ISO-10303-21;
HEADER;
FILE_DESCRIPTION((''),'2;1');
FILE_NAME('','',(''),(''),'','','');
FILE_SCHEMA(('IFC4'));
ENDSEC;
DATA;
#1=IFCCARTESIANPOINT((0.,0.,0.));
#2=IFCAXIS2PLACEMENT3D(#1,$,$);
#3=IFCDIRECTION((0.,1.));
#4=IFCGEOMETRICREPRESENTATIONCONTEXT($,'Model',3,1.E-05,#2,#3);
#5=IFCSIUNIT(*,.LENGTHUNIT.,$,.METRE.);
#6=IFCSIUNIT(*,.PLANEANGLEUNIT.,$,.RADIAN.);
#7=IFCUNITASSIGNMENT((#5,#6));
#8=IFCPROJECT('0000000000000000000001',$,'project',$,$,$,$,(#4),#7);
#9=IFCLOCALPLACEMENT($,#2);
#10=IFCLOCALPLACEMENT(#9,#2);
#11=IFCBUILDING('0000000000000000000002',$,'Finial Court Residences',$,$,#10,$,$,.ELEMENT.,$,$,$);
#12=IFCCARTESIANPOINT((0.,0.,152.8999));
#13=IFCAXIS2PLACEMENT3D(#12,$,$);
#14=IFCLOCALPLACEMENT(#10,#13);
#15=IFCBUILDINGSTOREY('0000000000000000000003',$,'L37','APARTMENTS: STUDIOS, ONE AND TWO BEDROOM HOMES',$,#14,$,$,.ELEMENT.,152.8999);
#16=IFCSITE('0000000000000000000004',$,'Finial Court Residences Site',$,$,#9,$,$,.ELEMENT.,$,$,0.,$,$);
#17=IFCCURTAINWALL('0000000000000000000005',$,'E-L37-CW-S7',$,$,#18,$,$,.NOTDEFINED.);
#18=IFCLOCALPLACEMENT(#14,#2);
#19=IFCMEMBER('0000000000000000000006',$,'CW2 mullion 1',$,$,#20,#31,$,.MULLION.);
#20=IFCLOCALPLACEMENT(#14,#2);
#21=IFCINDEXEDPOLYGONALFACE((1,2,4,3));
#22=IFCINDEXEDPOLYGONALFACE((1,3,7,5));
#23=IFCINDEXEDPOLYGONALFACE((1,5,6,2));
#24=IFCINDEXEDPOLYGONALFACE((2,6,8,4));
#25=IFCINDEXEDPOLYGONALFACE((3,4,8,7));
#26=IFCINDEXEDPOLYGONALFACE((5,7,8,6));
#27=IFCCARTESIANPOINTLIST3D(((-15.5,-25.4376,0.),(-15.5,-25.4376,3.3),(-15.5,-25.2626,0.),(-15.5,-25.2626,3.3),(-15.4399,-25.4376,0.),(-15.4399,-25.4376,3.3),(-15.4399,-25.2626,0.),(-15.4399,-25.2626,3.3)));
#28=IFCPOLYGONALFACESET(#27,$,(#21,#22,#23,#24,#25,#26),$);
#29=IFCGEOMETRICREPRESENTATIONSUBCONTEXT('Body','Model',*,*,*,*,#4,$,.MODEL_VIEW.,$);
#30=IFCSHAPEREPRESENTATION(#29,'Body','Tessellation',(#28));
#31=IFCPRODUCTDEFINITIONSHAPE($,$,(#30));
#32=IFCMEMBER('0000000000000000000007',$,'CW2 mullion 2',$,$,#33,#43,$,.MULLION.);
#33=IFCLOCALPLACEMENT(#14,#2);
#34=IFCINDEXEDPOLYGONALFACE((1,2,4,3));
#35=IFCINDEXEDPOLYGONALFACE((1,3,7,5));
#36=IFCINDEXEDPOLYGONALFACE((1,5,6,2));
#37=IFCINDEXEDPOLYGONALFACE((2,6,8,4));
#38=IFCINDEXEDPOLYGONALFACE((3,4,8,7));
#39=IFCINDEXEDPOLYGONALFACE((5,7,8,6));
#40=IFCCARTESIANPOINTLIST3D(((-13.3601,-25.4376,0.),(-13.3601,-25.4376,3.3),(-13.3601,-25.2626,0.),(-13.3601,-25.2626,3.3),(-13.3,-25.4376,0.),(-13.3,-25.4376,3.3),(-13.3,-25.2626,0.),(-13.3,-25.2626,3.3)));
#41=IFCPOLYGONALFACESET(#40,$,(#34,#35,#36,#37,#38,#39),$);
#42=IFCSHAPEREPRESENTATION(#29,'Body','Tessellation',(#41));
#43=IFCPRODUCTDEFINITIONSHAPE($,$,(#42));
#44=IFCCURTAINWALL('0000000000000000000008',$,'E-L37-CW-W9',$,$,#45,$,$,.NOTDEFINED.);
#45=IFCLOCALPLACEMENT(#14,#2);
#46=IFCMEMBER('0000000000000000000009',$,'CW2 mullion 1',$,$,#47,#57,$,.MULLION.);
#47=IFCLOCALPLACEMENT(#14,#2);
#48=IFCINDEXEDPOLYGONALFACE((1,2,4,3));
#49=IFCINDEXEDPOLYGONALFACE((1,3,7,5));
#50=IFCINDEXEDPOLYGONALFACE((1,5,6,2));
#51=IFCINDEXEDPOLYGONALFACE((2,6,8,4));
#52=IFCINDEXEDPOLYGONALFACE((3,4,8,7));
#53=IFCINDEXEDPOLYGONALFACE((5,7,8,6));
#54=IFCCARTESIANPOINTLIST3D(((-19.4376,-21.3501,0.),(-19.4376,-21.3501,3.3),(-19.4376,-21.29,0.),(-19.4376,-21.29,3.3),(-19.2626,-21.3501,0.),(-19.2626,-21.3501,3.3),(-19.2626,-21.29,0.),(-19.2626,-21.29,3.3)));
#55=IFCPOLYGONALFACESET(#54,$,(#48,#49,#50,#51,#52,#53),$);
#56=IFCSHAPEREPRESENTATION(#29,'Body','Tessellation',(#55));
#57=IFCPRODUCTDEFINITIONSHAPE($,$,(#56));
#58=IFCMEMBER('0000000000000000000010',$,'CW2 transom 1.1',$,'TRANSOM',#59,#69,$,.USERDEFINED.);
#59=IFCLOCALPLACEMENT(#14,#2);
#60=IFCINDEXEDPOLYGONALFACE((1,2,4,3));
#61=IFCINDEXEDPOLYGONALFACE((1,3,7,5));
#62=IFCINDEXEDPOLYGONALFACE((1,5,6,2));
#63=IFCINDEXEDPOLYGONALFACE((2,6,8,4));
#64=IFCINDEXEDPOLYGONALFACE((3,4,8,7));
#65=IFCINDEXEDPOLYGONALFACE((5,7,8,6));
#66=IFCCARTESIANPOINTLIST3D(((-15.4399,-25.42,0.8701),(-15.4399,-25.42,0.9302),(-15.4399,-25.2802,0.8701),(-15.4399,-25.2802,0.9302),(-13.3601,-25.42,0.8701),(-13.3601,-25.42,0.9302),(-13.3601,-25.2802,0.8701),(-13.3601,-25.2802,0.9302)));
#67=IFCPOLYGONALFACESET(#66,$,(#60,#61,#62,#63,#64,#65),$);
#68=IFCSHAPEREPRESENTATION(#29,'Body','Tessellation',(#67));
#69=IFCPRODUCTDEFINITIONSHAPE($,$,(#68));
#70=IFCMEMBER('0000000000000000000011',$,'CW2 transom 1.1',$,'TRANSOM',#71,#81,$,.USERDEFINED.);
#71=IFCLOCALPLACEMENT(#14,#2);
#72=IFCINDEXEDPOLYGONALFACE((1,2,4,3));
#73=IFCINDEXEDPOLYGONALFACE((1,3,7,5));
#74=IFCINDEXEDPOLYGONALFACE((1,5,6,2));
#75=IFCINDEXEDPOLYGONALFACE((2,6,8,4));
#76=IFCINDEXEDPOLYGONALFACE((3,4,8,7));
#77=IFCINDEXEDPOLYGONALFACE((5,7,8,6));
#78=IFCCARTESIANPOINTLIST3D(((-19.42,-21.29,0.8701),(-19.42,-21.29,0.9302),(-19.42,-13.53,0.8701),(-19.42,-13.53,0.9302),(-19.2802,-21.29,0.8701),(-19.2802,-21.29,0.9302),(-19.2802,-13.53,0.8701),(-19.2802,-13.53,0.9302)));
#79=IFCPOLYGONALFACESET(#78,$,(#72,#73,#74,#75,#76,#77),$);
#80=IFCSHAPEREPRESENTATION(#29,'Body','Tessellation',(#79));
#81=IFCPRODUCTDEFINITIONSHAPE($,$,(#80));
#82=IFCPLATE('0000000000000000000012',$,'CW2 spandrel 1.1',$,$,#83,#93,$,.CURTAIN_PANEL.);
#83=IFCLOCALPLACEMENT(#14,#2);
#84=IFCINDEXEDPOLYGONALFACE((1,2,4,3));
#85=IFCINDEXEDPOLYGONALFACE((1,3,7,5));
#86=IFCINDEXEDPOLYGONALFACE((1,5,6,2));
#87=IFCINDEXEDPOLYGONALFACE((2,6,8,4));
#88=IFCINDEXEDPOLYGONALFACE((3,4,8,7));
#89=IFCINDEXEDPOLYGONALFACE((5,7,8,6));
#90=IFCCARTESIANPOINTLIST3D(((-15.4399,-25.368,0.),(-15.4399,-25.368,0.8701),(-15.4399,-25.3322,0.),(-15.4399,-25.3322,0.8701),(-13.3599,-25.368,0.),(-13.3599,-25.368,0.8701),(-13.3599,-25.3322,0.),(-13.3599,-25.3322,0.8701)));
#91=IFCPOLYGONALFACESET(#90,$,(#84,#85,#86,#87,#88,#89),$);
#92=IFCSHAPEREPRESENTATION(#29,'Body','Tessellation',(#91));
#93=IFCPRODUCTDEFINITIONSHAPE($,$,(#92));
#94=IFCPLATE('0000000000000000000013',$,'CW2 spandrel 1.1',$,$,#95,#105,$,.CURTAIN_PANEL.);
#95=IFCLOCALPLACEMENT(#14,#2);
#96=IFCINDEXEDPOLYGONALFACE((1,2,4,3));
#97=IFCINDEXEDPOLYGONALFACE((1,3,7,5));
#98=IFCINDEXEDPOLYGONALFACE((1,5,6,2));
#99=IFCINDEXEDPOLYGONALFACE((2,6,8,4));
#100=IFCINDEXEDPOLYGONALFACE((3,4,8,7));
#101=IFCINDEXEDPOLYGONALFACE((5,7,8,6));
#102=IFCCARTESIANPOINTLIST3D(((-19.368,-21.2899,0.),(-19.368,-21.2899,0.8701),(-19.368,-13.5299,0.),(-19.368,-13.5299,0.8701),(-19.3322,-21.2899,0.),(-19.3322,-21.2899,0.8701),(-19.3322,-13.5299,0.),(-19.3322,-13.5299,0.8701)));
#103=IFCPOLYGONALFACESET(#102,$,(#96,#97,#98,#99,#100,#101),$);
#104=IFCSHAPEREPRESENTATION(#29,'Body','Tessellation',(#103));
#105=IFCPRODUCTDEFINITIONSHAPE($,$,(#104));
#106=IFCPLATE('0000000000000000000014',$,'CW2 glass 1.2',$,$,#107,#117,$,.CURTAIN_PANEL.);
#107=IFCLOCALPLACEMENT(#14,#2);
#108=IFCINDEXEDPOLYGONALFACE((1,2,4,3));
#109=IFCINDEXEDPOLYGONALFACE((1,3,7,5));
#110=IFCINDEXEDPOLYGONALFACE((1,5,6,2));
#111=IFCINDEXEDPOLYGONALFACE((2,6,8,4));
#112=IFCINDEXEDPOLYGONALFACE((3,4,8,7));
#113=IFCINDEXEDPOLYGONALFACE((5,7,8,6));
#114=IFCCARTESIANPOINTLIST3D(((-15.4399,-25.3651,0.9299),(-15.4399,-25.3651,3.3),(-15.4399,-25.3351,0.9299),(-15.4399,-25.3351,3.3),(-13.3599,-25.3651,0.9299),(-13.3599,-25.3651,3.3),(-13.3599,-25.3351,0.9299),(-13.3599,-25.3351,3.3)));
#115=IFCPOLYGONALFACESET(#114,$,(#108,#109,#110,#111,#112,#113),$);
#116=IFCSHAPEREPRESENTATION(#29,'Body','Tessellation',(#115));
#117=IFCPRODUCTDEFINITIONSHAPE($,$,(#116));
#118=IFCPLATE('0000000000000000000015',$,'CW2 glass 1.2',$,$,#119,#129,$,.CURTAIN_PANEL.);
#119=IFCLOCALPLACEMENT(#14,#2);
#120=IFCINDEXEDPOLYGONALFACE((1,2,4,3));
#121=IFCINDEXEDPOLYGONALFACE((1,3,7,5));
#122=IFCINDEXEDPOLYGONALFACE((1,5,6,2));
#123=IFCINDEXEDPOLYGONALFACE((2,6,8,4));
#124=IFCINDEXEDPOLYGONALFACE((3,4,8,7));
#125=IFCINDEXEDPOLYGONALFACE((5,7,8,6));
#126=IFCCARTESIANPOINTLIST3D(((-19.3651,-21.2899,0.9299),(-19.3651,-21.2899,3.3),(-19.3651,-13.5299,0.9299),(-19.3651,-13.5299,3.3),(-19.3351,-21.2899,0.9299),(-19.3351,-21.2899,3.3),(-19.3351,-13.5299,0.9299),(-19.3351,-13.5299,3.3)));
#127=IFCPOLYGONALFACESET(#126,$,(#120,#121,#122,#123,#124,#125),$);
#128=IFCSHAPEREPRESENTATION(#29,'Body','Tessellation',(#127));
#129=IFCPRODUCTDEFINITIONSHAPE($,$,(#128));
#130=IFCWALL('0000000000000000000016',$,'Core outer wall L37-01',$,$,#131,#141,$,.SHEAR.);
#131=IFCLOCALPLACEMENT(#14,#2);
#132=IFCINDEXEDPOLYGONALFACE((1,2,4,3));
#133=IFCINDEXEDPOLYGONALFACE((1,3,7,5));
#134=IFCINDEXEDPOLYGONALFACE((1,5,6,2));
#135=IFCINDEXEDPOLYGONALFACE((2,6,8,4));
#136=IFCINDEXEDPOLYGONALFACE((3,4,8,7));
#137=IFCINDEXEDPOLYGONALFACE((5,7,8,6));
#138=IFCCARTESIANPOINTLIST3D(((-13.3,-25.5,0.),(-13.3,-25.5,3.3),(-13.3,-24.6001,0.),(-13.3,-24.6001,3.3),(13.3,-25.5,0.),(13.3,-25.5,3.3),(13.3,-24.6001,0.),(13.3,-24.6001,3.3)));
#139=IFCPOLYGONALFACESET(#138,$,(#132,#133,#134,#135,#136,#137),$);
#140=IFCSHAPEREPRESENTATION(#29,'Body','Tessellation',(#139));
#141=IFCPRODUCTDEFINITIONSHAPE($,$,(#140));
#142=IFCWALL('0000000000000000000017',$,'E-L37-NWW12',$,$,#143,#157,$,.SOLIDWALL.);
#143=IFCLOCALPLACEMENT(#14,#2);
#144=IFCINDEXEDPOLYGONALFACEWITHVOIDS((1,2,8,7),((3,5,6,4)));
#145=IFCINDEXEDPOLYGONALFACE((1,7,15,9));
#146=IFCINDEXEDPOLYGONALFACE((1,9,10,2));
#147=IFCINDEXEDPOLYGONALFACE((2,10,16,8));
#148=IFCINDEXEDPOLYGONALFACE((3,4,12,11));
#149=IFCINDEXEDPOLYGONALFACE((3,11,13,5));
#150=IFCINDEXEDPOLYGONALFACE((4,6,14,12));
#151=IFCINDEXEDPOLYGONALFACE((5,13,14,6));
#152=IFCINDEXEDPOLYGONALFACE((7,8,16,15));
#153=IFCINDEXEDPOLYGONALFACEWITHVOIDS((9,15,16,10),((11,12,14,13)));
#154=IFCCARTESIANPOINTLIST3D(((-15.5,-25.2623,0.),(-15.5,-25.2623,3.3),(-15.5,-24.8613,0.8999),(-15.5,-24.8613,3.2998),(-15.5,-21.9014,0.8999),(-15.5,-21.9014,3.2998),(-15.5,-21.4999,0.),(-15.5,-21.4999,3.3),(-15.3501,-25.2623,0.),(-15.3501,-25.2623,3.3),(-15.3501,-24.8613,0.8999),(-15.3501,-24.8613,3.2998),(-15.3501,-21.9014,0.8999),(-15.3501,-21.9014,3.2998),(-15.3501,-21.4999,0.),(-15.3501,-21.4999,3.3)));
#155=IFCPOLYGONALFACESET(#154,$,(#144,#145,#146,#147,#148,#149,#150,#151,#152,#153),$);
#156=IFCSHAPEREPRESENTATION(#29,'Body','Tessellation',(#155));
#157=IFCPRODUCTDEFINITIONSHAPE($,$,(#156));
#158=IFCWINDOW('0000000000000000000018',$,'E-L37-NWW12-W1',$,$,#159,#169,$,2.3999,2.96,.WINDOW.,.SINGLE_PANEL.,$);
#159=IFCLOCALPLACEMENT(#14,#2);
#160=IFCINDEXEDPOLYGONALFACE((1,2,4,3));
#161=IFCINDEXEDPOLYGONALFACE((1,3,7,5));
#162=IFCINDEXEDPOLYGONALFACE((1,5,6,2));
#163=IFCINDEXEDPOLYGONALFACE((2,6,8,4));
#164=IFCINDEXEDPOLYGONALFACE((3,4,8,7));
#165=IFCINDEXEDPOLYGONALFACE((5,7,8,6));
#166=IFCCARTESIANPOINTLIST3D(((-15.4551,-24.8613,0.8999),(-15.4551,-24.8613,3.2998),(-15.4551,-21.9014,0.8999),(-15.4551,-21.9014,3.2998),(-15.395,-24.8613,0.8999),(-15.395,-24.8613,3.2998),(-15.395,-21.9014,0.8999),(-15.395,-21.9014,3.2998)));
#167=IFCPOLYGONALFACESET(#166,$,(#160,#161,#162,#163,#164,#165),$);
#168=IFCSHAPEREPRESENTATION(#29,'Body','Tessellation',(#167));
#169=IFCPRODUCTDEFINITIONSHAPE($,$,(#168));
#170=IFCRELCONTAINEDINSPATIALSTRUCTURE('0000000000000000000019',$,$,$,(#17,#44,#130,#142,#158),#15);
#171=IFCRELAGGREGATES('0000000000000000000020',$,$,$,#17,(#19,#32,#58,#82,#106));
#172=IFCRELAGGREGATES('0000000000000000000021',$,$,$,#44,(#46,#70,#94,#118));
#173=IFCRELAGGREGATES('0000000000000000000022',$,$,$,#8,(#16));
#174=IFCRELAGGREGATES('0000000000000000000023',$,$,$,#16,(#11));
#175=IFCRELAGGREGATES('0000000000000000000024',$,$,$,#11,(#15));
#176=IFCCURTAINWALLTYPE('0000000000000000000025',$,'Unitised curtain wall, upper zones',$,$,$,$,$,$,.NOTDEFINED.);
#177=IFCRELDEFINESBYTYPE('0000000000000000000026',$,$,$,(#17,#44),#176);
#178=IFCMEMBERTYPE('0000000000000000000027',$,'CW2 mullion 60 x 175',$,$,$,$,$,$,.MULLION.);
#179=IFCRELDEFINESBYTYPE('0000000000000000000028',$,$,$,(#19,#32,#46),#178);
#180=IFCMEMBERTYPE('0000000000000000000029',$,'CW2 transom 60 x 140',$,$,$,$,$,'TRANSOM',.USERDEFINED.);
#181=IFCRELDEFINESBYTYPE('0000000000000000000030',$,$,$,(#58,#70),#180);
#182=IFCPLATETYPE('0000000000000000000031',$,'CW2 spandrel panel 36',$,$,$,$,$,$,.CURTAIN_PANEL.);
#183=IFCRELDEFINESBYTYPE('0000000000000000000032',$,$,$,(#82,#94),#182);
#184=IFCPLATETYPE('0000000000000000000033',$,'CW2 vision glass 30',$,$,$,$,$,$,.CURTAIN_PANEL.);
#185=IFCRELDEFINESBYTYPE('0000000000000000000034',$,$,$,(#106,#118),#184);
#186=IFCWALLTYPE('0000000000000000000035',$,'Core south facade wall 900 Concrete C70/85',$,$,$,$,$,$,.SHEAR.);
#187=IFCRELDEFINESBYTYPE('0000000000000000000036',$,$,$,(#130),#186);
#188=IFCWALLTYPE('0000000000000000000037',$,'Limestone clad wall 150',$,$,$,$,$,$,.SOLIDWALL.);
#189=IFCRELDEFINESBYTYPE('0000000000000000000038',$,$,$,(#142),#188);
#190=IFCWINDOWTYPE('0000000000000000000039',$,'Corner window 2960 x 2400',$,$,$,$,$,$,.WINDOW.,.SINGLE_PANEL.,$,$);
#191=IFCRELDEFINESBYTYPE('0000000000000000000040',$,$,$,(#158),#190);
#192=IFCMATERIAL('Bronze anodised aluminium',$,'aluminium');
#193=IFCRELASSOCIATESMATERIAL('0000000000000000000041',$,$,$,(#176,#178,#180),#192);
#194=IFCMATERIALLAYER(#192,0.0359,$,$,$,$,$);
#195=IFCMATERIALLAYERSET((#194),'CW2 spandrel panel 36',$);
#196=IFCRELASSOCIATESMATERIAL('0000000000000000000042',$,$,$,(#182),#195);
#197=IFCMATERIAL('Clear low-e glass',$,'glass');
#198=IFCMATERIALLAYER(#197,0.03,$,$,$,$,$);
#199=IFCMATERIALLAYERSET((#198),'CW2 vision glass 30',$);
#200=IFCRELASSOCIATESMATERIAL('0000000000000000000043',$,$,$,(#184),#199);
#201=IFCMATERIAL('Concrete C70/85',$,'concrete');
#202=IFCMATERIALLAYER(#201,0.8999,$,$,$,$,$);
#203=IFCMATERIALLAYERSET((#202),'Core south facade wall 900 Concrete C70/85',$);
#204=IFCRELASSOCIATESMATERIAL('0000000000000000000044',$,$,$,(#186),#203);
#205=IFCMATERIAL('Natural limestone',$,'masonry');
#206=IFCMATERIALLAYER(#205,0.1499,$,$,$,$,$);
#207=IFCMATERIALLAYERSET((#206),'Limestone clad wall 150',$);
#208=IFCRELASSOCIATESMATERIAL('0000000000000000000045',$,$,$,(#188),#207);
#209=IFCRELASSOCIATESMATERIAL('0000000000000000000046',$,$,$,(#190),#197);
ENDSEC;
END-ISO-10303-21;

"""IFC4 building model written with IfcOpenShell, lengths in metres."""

from ifc_helpers import new_model, si_unit, direction, frame, frame_2d, origin, origin_2d, place, context, subcontext, project, spatial, rectangle, extrude, material, layer, layer_set, material_profile, profile_set, type_object, element, fill, aggregate, save


model = new_model("IFC4")

# Units and contexts
model_context = context("Model", 3, precision=1e-05, world=origin(), true_north=direction((0.0, 1.0)))
body_context = subcontext(model_context, "Body", "Model", "MODEL_VIEW")
ifc_project = project(units=[si_unit("LENGTHUNIT", "METRE"), si_unit("PLANEANGLEUNIT", "RADIAN")], contexts=[model_context])

# Site, building, storey
site_placement = place(None, origin())
site = spatial("IfcSite", under=ifc_project, at=site_placement, Name="Finial Court Residences Site", CompositionType="ELEMENT", RefElevation=0.0)
building_placement = place(site_placement, origin())
building = spatial("IfcBuilding", under=site, at=building_placement, Name="Finial Court Residences", CompositionType="ELEMENT")
storey_placement = place(building_placement, frame((0.0, 0.0, 152.8999)))
storey = spatial("IfcBuildingStorey", under=building, at=storey_placement, Name="L37", Description="APARTMENTS: STUDIOS, ONE AND TWO BEDROOM HOMES", CompositionType="ELEMENT", Elevation=152.8999)

# Curtain wall, members
ifc_material_1 = material(Name="Bronze anodised aluminium", Category="aluminium")
curtain_wall_type = type_object("IfcCurtainWallType", Name="Unitised curtain wall, upper zones", PredefinedType="NOTDEFINED", material=ifc_material_1)
curtain_wall_1_placement = place(storey_placement, origin())
curtain_wall_1 = element("IfcCurtainWall", 1, at=curtain_wall_1_placement, inside=storey, type_object=curtain_wall_type, Name="E-L37-CW-S7", PredefinedType="NOTDEFINED")
ifc_material_profile_1 = material_profile(ifc_material_1, rectangle(XDim=0.175, YDim=0.0601, at=origin_2d()), Name="CW2 mullion 60 x 175")
ifc_profile_set_1 = profile_set([ifc_material_profile_1], Name="Bronze anodised aluminium")
member_type_1 = type_object("IfcMemberType", Name="CW2 mullion 60 x 175", PredefinedType="MULLION", material=ifc_profile_set_1)
member_1_placement = place(storey_placement, frame((-15.47, -25.3501, 0.0), z_axis=(0.0, 0.0, 1.0), x_axis=(0.0, 1.0, 0.0)))
member_1 = element("IfcMember", 2, at=member_1_placement, type_object=member_type_1, Name="CW2 mullion 1", PredefinedType="MULLION", context=body_context, shape_type="SweptSolid", body=[
    extrude(rectangle(XDim=0.175, YDim=0.0601, at=origin_2d()), origin(), (0.0, 0.0, 1.0), 3.3),
])
member_2_placement = place(storey_placement, frame((-13.3301, -25.3501, 0.0), z_axis=(0.0, 0.0, 1.0), x_axis=(0.0, 1.0, 0.0)))
member_2 = element("IfcMember", 3, at=member_2_placement, type_object=member_type_1, Name="CW2 mullion 2", PredefinedType="MULLION", context=body_context, shape_type="SweptSolid", body=[
    extrude(rectangle(XDim=0.175, YDim=0.0601, at=origin_2d()), origin(), (0.0, 0.0, 1.0), 3.3),
])

# Curtain wall, member
curtain_wall_2_placement = place(storey_placement, origin())
curtain_wall_2 = element("IfcCurtainWall", 4, at=curtain_wall_2_placement, inside=storey, type_object=curtain_wall_type, Name="E-L37-CW-W9", PredefinedType="NOTDEFINED")
member_3_placement = place(storey_placement, frame((-19.3501, -21.3201, 0.0), z_axis=(0.0, 0.0, 1.0), x_axis=(-1.0, 0.0, 0.0)))
member_3 = element("IfcMember", 5, at=member_3_placement, type_object=member_type_1, Name="CW2 mullion 1", PredefinedType="MULLION", context=body_context, shape_type="SweptSolid", body=[
    extrude(rectangle(XDim=0.175, YDim=0.0601, at=origin_2d()), origin(), (0.0, 0.0, 1.0), 3.3),
])

# Members
ifc_material_profile_2 = material_profile(ifc_material_1, rectangle(XDim=0.1399, YDim=0.0601, at=origin_2d()), Name="CW2 transom 60 x 140")
ifc_profile_set_2 = profile_set([ifc_material_profile_2], Name="Bronze anodised aluminium")
member_type_2 = type_object("IfcMemberType", Name="CW2 transom 60 x 140", ElementType="TRANSOM", PredefinedType="USERDEFINED", material=ifc_profile_set_2)
member_4_placement = place(storey_placement, frame((-15.4399, -25.3501, 0.9001), z_axis=(1.0, 0.0, 0.0), x_axis=(0.0, 1.0, 0.0)))
member_4 = element("IfcMember", 6, at=member_4_placement, type_object=member_type_2, Name="CW2 transom 1.1", ObjectType="TRANSOM", PredefinedType="USERDEFINED", context=body_context, shape_type="SweptSolid", body=[
    extrude(rectangle(XDim=0.1399, YDim=0.0601, at=origin_2d()), origin(), (0.0, 0.0, 1.0), 2.0798),
])
member_5_placement = place(storey_placement, frame((-19.3501, -21.29, 0.9001), z_axis=(0.0, 1.0, 0.0), x_axis=(-1.0, 0.0, 0.0)))
member_5 = element("IfcMember", 7, at=member_5_placement, type_object=member_type_2, Name="CW2 transom 1.1", ObjectType="TRANSOM", PredefinedType="USERDEFINED", context=body_context, shape_type="SweptSolid", body=[
    extrude(rectangle(XDim=0.1399, YDim=0.0601, at=origin_2d()), origin(), (0.0, 0.0, 1.0), 7.76),
])

# Plates
ifc_layer_1 = layer(ifc_material_1, 0.0359)
ifc_layer_set_1 = layer_set([ifc_layer_1], Name="CW2 spandrel panel 36")
plate_type_1 = type_object("IfcPlateType", Name="CW2 spandrel panel 36", PredefinedType="CURTAIN_PANEL", material=ifc_layer_set_1)
plate_1_placement = place(storey_placement, frame((-14.3999, -25.3501, 0.0), z_axis=(0.0, 0.0, 1.0), x_axis=(1.0, 0.0, 0.0)))
plate_1 = element("IfcPlate", 8, at=plate_1_placement, type_object=plate_type_1, Name="CW2 spandrel 1.1", PredefinedType="CURTAIN_PANEL", context=body_context, shape_type="SweptSolid", body=[
    extrude(rectangle(XDim=2.0801, YDim=0.0359, at=origin_2d()), origin(), (0.0, 0.0, 1.0), 0.8701),
])
plate_2_placement = place(storey_placement, frame((-19.3501, -17.4099, 0.0), z_axis=(0.0, 0.0, 1.0), x_axis=(0.0, 1.0, 0.0)))
plate_2 = element("IfcPlate", 9, at=plate_2_placement, type_object=plate_type_1, Name="CW2 spandrel 1.1", PredefinedType="CURTAIN_PANEL", context=body_context, shape_type="SweptSolid", body=[
    extrude(rectangle(XDim=7.76, YDim=0.0359, at=origin_2d()), origin(), (0.0, 0.0, 1.0), 0.8701),
])
ifc_material_2 = material(Name="Clear low-e glass", Category="glass")
ifc_layer_2 = layer(ifc_material_2, 0.03)
ifc_layer_set_2 = layer_set([ifc_layer_2], Name="CW2 vision glass 30")
plate_type_2 = type_object("IfcPlateType", Name="CW2 vision glass 30", PredefinedType="CURTAIN_PANEL", material=ifc_layer_set_2)
plate_3_placement = place(storey_placement, frame((-14.3999, -25.3501, 0.9299), z_axis=(0.0, 0.0, 1.0), x_axis=(1.0, 0.0, 0.0)))
plate_3 = element("IfcPlate", 10, at=plate_3_placement, type_object=plate_type_2, Name="CW2 glass 1.2", PredefinedType="CURTAIN_PANEL", context=body_context, shape_type="SweptSolid", body=[
    extrude(rectangle(XDim=2.0801, YDim=0.03, at=origin_2d()), origin(), (0.0, 0.0, 1.0), 2.3701),
])
aggregate(curtain_wall_1, [member_1, member_2, member_4, plate_1, plate_3])
plate_4_placement = place(storey_placement, frame((-19.3501, -17.4099, 0.9299), z_axis=(0.0, 0.0, 1.0), x_axis=(0.0, 1.0, 0.0)))
plate_4 = element("IfcPlate", 11, at=plate_4_placement, type_object=plate_type_2, Name="CW2 glass 1.2", PredefinedType="CURTAIN_PANEL", context=body_context, shape_type="SweptSolid", body=[
    extrude(rectangle(XDim=7.76, YDim=0.03, at=origin_2d()), origin(), (0.0, 0.0, 1.0), 2.3701),
])
aggregate(curtain_wall_2, [member_3, member_5, plate_2, plate_4])

# Wall
ifc_material_3 = material(Name="Concrete C70/85", Category="concrete")
ifc_layer_3 = layer(ifc_material_3, 0.8999)
ifc_layer_set_3 = layer_set([ifc_layer_3], Name="Core south facade wall 900 Concrete C70/85")
wall_type_1 = type_object("IfcWallType", Name="Core south facade wall 900 Concrete C70/85", PredefinedType="SHEAR", material=ifc_layer_set_3)
wall_1_placement = place(storey_placement, frame((-13.3, -25.05, 0.0), z_axis=(0.0, 0.0, 1.0), x_axis=(1.0, 0.0, 0.0)))
element("IfcWall", 12, at=wall_1_placement, inside=storey, type_object=wall_type_1, Name="Core outer wall L37-01", PredefinedType="SHEAR", context=body_context, shape_type="SweptSolid", body=[
    extrude(rectangle(XDim=26.6001, YDim=0.8999, at=frame_2d((13.3, 0.0))), origin(), (0.0, 0.0, 1.0), 3.3),
])

# Wall, opening, window
ifc_material_4 = material(Name="Natural limestone", Category="masonry")
ifc_layer_4 = layer(ifc_material_4, 0.1499)
ifc_layer_set_4 = layer_set([ifc_layer_4], Name="Limestone clad wall 150")
wall_type_2 = type_object("IfcWallType", Name="Limestone clad wall 150", PredefinedType="SOLIDWALL", material=ifc_layer_set_4)
wall_2_placement = place(storey_placement, frame((-15.425, -25.2625, 0.0), z_axis=(0.0, 0.0, 1.0), x_axis=(0.0, 1.0, 0.0)))
wall_2 = element("IfcWall", 13, at=wall_2_placement, inside=storey, type_object=wall_type_2, Name="E-L37-NWW12", PredefinedType="SOLIDWALL", context=body_context, shape_type="SweptSolid", body=[
    extrude(rectangle(XDim=3.7625, YDim=0.1499, at=frame_2d((1.8813, 0.0))), origin(), (0.0, 0.0, 1.0), 3.3),
])
opening_1_placement = place(wall_2_placement, frame((0.4011, 0.0, 0.8999)))
opening_1 = element("IfcOpeningElement", 14, at=opening_1_placement, cuts=wall_2, PredefinedType="OPENING", context=body_context, shape_type="SweptSolid", body=[
    extrude(rectangle(XDim=2.96, YDim=2.3999, at=frame_2d((1.48, 1.2))), frame((0.0, 0.085, 0.0), z_axis=(0.0, -1.0, 0.0), x_axis=(1.0, 0.0, 0.0)), (0.0, 0.0, 1.0), 0.1699),
])
window_type_1 = type_object("IfcWindowType", Name="Corner window 2960 x 2400", PartitioningType="SINGLE_PANEL", PredefinedType="WINDOW", material=ifc_material_2)
window_1_placement = place(opening_1_placement, origin())
window_1 = element("IfcWindow", 15, at=window_1_placement, inside=storey, type_object=window_type_1, Name="E-L37-NWW12-W1", OverallHeight=2.3999, OverallWidth=2.96, PartitioningType="SINGLE_PANEL", PredefinedType="WINDOW", context=body_context, shape_type="SweptSolid", body=[
    extrude(rectangle(XDim=2.96, YDim=2.3999, at=frame_2d((1.48, 1.2))), frame((0.0, 0.03, 0.0), z_axis=(0.0, -1.0, 0.0), x_axis=(1.0, 0.0, 0.0)), (0.0, 0.0, 1.0), 0.0601),
])
fill(opening_1, window_1)

save(model, "model.ifc")
